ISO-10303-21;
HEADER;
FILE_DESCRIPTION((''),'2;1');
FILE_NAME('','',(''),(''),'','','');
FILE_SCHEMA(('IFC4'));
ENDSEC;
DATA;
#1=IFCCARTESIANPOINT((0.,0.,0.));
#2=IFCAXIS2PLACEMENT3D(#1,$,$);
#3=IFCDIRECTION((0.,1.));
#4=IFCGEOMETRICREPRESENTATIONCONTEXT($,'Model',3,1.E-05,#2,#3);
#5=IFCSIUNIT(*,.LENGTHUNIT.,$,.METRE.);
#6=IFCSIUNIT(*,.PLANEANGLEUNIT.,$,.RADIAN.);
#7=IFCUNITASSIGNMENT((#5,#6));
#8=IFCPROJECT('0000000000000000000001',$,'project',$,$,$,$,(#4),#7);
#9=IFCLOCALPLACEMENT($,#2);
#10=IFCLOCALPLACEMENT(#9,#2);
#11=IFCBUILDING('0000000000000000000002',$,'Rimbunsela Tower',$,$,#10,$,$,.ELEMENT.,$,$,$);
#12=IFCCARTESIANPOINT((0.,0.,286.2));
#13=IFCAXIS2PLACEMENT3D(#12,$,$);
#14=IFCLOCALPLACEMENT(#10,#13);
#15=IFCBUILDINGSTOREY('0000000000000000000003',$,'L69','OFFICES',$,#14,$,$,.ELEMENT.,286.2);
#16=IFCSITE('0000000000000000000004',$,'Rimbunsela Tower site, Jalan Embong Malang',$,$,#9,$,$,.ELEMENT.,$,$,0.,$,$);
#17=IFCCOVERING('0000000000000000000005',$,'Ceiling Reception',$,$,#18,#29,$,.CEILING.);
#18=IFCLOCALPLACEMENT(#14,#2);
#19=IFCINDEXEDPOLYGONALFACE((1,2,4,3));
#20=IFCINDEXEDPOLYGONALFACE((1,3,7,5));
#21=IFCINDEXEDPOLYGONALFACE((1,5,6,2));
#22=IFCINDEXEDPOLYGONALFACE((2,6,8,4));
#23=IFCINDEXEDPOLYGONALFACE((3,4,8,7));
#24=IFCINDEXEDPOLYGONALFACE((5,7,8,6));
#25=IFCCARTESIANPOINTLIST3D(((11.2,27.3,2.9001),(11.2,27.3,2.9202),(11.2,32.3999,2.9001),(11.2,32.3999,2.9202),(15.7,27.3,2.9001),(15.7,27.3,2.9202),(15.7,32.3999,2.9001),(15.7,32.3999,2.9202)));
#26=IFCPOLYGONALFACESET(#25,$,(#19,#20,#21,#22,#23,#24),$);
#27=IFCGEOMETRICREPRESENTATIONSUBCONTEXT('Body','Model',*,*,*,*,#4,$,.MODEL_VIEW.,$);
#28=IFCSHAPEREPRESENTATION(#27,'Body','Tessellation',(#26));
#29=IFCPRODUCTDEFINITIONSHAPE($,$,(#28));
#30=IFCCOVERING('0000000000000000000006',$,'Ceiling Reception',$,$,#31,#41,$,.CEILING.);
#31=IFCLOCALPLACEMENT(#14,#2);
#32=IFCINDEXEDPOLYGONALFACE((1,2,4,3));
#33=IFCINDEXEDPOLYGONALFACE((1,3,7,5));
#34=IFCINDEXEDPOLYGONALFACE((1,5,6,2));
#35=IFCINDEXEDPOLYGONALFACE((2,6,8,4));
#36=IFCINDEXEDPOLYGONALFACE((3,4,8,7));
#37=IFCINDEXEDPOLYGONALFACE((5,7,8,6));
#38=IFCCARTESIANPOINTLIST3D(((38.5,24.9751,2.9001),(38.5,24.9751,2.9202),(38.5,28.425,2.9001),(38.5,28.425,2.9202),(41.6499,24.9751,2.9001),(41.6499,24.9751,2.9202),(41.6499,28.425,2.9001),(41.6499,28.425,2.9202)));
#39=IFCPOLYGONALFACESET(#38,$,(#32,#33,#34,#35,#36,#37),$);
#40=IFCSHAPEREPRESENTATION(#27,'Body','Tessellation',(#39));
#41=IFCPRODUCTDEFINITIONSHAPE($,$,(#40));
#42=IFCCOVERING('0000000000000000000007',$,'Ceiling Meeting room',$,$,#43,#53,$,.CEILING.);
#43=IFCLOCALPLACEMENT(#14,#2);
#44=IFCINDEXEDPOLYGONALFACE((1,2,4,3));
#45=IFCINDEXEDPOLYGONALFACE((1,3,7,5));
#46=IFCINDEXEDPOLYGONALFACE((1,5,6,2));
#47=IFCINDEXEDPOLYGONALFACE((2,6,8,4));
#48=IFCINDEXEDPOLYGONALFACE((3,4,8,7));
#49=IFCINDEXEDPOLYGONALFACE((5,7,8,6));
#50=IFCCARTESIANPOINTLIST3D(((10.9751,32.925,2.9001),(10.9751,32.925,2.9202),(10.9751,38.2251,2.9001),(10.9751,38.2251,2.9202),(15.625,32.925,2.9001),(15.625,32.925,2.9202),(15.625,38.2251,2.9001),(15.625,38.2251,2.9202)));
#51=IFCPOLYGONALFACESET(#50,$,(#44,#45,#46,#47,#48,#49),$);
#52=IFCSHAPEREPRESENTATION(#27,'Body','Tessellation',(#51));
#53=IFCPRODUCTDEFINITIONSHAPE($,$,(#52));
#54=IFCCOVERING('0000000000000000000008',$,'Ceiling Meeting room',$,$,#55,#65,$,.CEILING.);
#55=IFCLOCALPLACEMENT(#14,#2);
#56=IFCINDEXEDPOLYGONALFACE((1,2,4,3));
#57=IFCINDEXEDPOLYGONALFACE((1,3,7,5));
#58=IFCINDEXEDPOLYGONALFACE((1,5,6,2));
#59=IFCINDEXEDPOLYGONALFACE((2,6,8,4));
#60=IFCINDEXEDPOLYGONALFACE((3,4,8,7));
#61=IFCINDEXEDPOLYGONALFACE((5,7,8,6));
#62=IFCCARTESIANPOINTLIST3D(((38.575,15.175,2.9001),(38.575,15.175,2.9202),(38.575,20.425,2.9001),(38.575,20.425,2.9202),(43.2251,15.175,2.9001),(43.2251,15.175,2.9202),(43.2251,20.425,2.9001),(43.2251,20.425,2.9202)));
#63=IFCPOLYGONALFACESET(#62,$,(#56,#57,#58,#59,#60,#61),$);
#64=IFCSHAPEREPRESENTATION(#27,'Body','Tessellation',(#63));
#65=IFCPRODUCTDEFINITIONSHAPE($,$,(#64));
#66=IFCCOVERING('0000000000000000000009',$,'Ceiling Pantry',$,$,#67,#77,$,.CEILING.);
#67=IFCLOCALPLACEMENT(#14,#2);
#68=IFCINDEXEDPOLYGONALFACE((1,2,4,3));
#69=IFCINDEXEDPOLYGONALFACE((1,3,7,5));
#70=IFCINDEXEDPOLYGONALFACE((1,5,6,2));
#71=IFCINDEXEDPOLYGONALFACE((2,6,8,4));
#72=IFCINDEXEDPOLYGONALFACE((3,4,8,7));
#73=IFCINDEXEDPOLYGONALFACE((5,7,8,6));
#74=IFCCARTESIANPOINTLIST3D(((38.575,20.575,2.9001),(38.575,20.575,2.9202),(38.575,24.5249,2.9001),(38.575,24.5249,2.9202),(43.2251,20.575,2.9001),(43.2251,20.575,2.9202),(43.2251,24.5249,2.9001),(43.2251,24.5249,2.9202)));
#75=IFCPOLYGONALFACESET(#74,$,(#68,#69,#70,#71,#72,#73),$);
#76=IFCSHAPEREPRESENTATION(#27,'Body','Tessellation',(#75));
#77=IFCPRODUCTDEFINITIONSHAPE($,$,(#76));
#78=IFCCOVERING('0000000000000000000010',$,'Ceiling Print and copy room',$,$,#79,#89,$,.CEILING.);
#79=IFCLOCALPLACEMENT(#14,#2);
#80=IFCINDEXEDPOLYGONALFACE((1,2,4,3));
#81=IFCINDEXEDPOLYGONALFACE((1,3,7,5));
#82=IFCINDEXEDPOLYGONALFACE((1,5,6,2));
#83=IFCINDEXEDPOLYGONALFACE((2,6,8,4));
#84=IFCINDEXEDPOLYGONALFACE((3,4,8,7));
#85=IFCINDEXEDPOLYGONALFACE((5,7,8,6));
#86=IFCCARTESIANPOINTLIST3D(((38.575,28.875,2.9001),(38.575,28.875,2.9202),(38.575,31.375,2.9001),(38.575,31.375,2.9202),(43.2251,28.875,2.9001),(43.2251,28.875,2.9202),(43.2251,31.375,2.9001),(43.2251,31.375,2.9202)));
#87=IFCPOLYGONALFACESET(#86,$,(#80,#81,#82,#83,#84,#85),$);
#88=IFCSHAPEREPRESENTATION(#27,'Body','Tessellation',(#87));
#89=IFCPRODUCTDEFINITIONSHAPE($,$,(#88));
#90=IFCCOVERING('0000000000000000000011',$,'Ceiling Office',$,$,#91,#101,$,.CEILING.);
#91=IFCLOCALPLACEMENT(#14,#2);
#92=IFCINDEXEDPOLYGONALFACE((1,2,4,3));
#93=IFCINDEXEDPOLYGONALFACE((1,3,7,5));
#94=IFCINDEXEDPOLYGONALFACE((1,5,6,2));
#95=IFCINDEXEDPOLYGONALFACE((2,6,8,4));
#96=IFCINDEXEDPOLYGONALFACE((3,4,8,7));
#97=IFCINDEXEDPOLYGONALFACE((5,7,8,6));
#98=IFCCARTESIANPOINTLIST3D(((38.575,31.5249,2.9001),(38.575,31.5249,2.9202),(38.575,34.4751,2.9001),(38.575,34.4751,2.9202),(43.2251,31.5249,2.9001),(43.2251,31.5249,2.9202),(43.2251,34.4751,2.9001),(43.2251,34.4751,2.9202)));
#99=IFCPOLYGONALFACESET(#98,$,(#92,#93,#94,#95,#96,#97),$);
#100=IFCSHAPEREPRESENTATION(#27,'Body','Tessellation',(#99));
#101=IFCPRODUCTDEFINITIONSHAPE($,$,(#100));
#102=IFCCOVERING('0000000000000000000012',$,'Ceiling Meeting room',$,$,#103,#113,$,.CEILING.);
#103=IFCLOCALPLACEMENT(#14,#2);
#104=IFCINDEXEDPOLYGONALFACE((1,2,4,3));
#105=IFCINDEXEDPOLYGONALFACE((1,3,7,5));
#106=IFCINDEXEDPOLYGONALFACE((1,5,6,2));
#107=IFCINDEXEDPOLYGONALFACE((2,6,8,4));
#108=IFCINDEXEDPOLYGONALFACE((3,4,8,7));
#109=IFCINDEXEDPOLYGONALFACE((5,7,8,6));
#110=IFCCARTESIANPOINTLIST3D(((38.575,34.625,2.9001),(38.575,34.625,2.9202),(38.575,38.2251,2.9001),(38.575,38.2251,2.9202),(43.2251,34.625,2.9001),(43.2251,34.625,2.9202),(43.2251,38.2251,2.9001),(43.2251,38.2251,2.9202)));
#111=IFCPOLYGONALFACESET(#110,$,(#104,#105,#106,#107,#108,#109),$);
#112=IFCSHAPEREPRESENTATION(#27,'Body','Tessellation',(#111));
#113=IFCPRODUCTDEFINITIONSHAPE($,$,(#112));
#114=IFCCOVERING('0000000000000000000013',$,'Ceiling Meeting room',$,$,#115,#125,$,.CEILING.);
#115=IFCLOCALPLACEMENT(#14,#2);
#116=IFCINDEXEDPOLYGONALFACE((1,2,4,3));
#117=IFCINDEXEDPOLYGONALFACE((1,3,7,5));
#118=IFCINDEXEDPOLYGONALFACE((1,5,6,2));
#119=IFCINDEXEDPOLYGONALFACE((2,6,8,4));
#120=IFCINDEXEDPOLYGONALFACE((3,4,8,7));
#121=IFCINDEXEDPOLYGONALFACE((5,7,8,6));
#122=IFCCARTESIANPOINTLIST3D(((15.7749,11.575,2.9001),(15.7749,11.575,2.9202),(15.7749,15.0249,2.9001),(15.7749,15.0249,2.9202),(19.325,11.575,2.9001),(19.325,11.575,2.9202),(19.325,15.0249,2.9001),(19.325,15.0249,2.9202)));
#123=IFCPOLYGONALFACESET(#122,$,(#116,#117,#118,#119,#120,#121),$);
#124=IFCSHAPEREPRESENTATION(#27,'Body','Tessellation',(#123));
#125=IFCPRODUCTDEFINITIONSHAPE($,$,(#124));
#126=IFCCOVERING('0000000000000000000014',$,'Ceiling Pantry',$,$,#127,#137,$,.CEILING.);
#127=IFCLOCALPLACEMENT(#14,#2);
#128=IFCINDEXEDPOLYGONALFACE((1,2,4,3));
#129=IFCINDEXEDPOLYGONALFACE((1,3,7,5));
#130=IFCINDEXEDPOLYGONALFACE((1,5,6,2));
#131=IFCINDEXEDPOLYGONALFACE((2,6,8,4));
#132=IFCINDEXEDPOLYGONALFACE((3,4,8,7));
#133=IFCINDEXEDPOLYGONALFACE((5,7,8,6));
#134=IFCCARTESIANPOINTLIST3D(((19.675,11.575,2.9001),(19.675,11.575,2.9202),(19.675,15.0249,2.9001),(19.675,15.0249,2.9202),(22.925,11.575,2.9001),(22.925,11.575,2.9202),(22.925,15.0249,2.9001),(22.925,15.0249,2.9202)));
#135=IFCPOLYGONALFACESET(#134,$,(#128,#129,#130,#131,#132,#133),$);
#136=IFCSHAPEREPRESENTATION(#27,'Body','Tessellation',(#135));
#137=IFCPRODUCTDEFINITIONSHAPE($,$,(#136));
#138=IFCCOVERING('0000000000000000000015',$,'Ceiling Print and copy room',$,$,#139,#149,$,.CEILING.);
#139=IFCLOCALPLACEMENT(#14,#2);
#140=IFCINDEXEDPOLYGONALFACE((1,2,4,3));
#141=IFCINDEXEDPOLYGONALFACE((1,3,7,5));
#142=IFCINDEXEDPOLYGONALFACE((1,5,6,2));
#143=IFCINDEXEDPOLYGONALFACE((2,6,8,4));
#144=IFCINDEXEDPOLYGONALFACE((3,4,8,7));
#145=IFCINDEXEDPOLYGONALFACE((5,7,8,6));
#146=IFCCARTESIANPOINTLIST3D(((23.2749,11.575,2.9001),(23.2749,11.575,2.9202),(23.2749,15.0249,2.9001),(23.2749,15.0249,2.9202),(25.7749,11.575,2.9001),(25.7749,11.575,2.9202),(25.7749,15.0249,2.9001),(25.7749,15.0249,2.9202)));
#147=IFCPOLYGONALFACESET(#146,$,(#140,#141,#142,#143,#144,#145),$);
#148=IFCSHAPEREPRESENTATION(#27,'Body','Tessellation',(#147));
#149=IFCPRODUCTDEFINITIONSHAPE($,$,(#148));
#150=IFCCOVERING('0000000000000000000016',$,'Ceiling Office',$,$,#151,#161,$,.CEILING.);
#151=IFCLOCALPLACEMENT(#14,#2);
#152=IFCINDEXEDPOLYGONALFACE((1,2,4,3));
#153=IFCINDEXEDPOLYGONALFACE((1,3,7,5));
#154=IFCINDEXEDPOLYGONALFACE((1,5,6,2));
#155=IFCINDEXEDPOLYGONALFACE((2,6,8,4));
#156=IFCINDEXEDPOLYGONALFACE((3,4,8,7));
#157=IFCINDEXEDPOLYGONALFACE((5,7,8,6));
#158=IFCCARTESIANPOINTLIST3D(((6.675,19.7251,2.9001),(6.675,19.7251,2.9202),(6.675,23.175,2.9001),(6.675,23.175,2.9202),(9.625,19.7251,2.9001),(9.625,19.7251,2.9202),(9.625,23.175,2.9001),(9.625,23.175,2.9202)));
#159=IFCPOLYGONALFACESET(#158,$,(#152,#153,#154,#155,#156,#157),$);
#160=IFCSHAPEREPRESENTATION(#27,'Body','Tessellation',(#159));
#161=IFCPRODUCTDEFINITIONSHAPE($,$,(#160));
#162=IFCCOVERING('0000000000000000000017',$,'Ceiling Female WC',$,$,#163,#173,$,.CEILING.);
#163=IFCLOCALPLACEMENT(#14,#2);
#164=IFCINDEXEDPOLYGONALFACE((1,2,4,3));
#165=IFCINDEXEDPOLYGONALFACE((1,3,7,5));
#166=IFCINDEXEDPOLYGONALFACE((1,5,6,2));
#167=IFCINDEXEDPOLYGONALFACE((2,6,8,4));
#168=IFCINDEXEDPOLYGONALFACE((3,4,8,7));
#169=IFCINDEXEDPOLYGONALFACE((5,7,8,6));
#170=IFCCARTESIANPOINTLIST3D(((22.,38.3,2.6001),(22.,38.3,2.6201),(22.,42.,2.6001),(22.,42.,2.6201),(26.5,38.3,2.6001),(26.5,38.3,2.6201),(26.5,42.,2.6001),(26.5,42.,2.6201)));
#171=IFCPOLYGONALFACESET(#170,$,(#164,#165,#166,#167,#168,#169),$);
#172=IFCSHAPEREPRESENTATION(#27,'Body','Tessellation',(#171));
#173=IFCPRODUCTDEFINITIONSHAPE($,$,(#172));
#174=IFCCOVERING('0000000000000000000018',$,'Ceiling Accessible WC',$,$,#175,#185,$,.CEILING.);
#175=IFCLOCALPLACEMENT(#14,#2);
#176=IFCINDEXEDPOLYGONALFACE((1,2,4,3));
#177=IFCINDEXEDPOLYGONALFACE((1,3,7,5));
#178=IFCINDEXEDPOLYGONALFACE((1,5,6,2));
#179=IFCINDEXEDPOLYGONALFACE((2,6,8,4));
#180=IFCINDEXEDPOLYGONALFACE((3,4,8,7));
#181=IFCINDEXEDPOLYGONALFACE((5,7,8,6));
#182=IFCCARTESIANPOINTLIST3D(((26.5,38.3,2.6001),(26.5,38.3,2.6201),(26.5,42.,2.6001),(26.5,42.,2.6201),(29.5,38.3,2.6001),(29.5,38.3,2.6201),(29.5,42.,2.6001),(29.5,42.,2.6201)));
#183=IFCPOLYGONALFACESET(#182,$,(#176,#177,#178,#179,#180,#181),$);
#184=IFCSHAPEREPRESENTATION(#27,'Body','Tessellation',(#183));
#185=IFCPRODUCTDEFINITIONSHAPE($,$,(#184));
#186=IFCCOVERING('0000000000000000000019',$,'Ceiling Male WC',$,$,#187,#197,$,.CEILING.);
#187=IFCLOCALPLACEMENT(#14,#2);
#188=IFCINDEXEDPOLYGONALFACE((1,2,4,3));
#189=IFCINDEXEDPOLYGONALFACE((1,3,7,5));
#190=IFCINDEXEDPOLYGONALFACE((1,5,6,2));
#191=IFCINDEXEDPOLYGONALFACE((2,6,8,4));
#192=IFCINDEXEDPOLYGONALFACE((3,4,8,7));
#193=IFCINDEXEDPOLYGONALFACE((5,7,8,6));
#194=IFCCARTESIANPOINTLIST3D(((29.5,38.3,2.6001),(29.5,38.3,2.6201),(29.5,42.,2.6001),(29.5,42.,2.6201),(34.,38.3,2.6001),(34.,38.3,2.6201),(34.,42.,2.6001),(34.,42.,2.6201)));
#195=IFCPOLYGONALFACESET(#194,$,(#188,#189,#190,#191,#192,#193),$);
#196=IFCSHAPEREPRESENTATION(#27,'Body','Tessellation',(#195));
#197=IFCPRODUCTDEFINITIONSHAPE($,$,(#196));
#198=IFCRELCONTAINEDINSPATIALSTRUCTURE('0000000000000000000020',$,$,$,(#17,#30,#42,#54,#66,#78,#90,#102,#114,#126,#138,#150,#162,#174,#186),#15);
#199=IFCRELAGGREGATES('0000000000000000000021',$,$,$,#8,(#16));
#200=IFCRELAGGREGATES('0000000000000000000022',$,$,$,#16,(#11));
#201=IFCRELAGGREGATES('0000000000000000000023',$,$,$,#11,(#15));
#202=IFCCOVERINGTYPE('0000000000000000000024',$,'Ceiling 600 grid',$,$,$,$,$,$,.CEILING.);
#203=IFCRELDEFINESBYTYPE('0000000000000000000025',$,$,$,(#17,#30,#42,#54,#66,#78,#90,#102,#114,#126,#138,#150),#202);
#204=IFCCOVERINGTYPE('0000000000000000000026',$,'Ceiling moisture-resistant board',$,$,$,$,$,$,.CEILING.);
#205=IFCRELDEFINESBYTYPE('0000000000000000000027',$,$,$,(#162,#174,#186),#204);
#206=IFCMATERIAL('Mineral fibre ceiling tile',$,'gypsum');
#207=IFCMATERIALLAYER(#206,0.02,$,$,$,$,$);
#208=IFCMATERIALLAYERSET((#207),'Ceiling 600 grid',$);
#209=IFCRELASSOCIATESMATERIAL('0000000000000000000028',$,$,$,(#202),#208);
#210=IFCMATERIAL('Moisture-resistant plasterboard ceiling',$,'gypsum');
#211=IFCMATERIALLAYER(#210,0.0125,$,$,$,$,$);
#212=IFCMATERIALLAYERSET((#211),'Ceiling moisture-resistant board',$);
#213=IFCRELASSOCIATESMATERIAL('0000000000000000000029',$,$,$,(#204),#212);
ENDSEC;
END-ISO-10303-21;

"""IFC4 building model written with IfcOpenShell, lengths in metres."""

from ifc_helpers import new_model, si_unit, direction, frame, origin, place, context, subcontext, project, spatial, polyline, outline, extrude, material, layer, layer_set, type_object, element, save


model = new_model("IFC4")

# Units and contexts
model_context = context("Model", 3, precision=1e-05, world=origin(), true_north=direction((0.0, 1.0)))
body_context = subcontext(model_context, "Body", "Model", "MODEL_VIEW")
ifc_project = project(units=[si_unit("LENGTHUNIT", "METRE"), si_unit("PLANEANGLEUNIT", "RADIAN")], contexts=[model_context])

# Site, building, storey
site_placement = place(None, origin())
site = spatial("IfcSite", under=ifc_project, at=site_placement, Name="Rimbunsela Tower site, Jalan Embong Malang", CompositionType="ELEMENT", RefElevation=0.0)
building_placement = place(site_placement, origin())
building = spatial("IfcBuilding", under=site, at=building_placement, Name="Rimbunsela Tower", CompositionType="ELEMENT")
storey_placement = place(building_placement, frame((0.0, 0.0, 286.2)))
storey = spatial("IfcBuildingStorey", under=building, at=storey_placement, Name="L69", Description="OFFICES", CompositionType="ELEMENT", Elevation=286.2)

# Coverings
ifc_material_1 = material(Name="Mineral fibre ceiling tile", Category="gypsum")
ifc_layer_1 = layer(ifc_material_1, 0.02)
ifc_layer_set_1 = layer_set([ifc_layer_1], Name="Ceiling 600 grid")
covering_type_1 = type_object("IfcCoveringType", Name="Ceiling 600 grid", PredefinedType="CEILING", material=ifc_layer_set_1)
covering_1_placement = place(storey_placement, frame((0.0, 0.0, 2.9001)))
element("IfcCovering", 1, at=covering_1_placement, inside=storey, type_object=covering_type_1, Name="Ceiling Reception", PredefinedType="CEILING", context=body_context, shape_type="SweptSolid", body=[
    extrude(outline(polyline([(15.7, 27.3), (15.7, 32.3999), (11.2, 32.3999), (11.2, 27.3), (15.7, 27.3)])), origin(), (0.0, 0.0, 1.0), 0.02),
])
covering_2_placement = place(storey_placement, frame((0.0, 0.0, 2.9001)))
element("IfcCovering", 2, at=covering_2_placement, inside=storey, type_object=covering_type_1, Name="Ceiling Reception", PredefinedType="CEILING", context=body_context, shape_type="SweptSolid", body=[
    extrude(outline(polyline([(41.6499, 24.9751), (41.6499, 28.425), (38.5, 28.425), (38.5, 24.9751), (41.6499, 24.9751)])), origin(), (0.0, 0.0, 1.0), 0.02),
])
covering_3_placement = place(storey_placement, frame((0.0, 0.0, 2.9001)))
element("IfcCovering", 3, at=covering_3_placement, inside=storey, type_object=covering_type_1, Name="Ceiling Meeting room", PredefinedType="CEILING", context=body_context, shape_type="SweptSolid", body=[
    extrude(outline(polyline([(15.625, 32.925), (15.625, 38.2251), (10.9751, 38.2251), (10.9751, 32.925), (15.625, 32.925)])), origin(), (0.0, 0.0, 1.0), 0.02),
])
covering_4_placement = place(storey_placement, frame((0.0, 0.0, 2.9001)))
element("IfcCovering", 4, at=covering_4_placement, inside=storey, type_object=covering_type_1, Name="Ceiling Meeting room", PredefinedType="CEILING", context=body_context, shape_type="SweptSolid", body=[
    extrude(outline(polyline([(43.2251, 15.175), (43.2251, 20.425), (38.575, 20.425), (38.575, 15.175), (43.2251, 15.175)])), origin(), (0.0, 0.0, 1.0), 0.02),
])
covering_5_placement = place(storey_placement, frame((0.0, 0.0, 2.9001)))
element("IfcCovering", 5, at=covering_5_placement, inside=storey, type_object=covering_type_1, Name="Ceiling Pantry", PredefinedType="CEILING", context=body_context, shape_type="SweptSolid", body=[
    extrude(outline(polyline([(43.2251, 20.575), (43.2251, 24.5249), (38.575, 24.5249), (38.575, 20.575), (43.2251, 20.575)])), origin(), (0.0, 0.0, 1.0), 0.02),
])
covering_6_placement = place(storey_placement, frame((0.0, 0.0, 2.9001)))
element("IfcCovering", 6, at=covering_6_placement, inside=storey, type_object=covering_type_1, Name="Ceiling Print and copy room", PredefinedType="CEILING", context=body_context, shape_type="SweptSolid", body=[
    extrude(outline(polyline([(43.2251, 28.875), (43.2251, 31.375), (38.575, 31.375), (38.575, 28.875), (43.2251, 28.875)])), origin(), (0.0, 0.0, 1.0), 0.02),
])
covering_7_placement = place(storey_placement, frame((0.0, 0.0, 2.9001)))
element("IfcCovering", 7, at=covering_7_placement, inside=storey, type_object=covering_type_1, Name="Ceiling Office", PredefinedType="CEILING", context=body_context, shape_type="SweptSolid", body=[
    extrude(outline(polyline([(43.2251, 31.5249), (43.2251, 34.4751), (38.575, 34.4751), (38.575, 31.5249), (43.2251, 31.5249)])), origin(), (0.0, 0.0, 1.0), 0.02),
])
covering_8_placement = place(storey_placement, frame((0.0, 0.0, 2.9001)))
element("IfcCovering", 8, at=covering_8_placement, inside=storey, type_object=covering_type_1, Name="Ceiling Meeting room", PredefinedType="CEILING", context=body_context, shape_type="SweptSolid", body=[
    extrude(outline(polyline([(43.2251, 34.625), (43.2251, 38.2251), (38.575, 38.2251), (38.575, 34.625), (43.2251, 34.625)])), origin(), (0.0, 0.0, 1.0), 0.02),
])
covering_9_placement = place(storey_placement, frame((0.0, 0.0, 2.9001)))
element("IfcCovering", 9, at=covering_9_placement, inside=storey, type_object=covering_type_1, Name="Ceiling Meeting room", PredefinedType="CEILING", context=body_context, shape_type="SweptSolid", body=[
    extrude(outline(polyline([(19.325, 11.575), (19.325, 15.0249), (15.7749, 15.0249), (15.7749, 11.575), (19.325, 11.575)])), origin(), (0.0, 0.0, 1.0), 0.02),
])
covering_10_placement = place(storey_placement, frame((0.0, 0.0, 2.9001)))
element("IfcCovering", 10, at=covering_10_placement, inside=storey, type_object=covering_type_1, Name="Ceiling Pantry", PredefinedType="CEILING", context=body_context, shape_type="SweptSolid", body=[
    extrude(outline(polyline([(22.925, 11.575), (22.925, 15.0249), (19.675, 15.0249), (19.675, 11.575), (22.925, 11.575)])), origin(), (0.0, 0.0, 1.0), 0.02),
])
covering_11_placement = place(storey_placement, frame((0.0, 0.0, 2.9001)))
element("IfcCovering", 11, at=covering_11_placement, inside=storey, type_object=covering_type_1, Name="Ceiling Print and copy room", PredefinedType="CEILING", context=body_context, shape_type="SweptSolid", body=[
    extrude(outline(polyline([(25.7749, 11.575), (25.7749, 15.0249), (23.2749, 15.0249), (23.2749, 11.575), (25.7749, 11.575)])), origin(), (0.0, 0.0, 1.0), 0.02),
])
covering_12_placement = place(storey_placement, frame((0.0, 0.0, 2.9001)))
element("IfcCovering", 12, at=covering_12_placement, inside=storey, type_object=covering_type_1, Name="Ceiling Office", PredefinedType="CEILING", context=body_context, shape_type="SweptSolid", body=[
    extrude(outline(polyline([(9.625, 19.7251), (9.625, 23.175), (6.675, 23.175), (6.675, 19.7251), (9.625, 19.7251)])), origin(), (0.0, 0.0, 1.0), 0.02),
])
ifc_material_2 = material(Name="Moisture-resistant plasterboard ceiling", Category="gypsum")
ifc_layer_2 = layer(ifc_material_2, 0.0125)
ifc_layer_set_2 = layer_set([ifc_layer_2], Name="Ceiling moisture-resistant board")
covering_type_2 = type_object("IfcCoveringType", Name="Ceiling moisture-resistant board", PredefinedType="CEILING", material=ifc_layer_set_2)
covering_13_placement = place(storey_placement, frame((0.0, 0.0, 2.6001)))
element("IfcCovering", 13, at=covering_13_placement, inside=storey, type_object=covering_type_2, Name="Ceiling Female WC", PredefinedType="CEILING", context=body_context, shape_type="SweptSolid", body=[
    extrude(outline(polyline([(26.5, 38.3), (26.5, 42.0), (22.0, 42.0), (22.0, 38.3), (26.5, 38.3)])), origin(), (0.0, 0.0, 1.0), 0.02),
])
covering_14_placement = place(storey_placement, frame((0.0, 0.0, 2.6001)))
element("IfcCovering", 14, at=covering_14_placement, inside=storey, type_object=covering_type_2, Name="Ceiling Accessible WC", PredefinedType="CEILING", context=body_context, shape_type="SweptSolid", body=[
    extrude(outline(polyline([(29.5, 38.3), (29.5, 42.0), (26.5, 42.0), (26.5, 38.3), (29.5, 38.3)])), origin(), (0.0, 0.0, 1.0), 0.02),
])
covering_15_placement = place(storey_placement, frame((0.0, 0.0, 2.6001)))
element("IfcCovering", 15, at=covering_15_placement, inside=storey, type_object=covering_type_2, Name="Ceiling Male WC", PredefinedType="CEILING", context=body_context, shape_type="SweptSolid", body=[
    extrude(outline(polyline([(34.0, 38.3), (34.0, 42.0), (29.5, 42.0), (29.5, 38.3), (34.0, 38.3)])), origin(), (0.0, 0.0, 1.0), 0.02),
])

save(model, "model.ifc")
